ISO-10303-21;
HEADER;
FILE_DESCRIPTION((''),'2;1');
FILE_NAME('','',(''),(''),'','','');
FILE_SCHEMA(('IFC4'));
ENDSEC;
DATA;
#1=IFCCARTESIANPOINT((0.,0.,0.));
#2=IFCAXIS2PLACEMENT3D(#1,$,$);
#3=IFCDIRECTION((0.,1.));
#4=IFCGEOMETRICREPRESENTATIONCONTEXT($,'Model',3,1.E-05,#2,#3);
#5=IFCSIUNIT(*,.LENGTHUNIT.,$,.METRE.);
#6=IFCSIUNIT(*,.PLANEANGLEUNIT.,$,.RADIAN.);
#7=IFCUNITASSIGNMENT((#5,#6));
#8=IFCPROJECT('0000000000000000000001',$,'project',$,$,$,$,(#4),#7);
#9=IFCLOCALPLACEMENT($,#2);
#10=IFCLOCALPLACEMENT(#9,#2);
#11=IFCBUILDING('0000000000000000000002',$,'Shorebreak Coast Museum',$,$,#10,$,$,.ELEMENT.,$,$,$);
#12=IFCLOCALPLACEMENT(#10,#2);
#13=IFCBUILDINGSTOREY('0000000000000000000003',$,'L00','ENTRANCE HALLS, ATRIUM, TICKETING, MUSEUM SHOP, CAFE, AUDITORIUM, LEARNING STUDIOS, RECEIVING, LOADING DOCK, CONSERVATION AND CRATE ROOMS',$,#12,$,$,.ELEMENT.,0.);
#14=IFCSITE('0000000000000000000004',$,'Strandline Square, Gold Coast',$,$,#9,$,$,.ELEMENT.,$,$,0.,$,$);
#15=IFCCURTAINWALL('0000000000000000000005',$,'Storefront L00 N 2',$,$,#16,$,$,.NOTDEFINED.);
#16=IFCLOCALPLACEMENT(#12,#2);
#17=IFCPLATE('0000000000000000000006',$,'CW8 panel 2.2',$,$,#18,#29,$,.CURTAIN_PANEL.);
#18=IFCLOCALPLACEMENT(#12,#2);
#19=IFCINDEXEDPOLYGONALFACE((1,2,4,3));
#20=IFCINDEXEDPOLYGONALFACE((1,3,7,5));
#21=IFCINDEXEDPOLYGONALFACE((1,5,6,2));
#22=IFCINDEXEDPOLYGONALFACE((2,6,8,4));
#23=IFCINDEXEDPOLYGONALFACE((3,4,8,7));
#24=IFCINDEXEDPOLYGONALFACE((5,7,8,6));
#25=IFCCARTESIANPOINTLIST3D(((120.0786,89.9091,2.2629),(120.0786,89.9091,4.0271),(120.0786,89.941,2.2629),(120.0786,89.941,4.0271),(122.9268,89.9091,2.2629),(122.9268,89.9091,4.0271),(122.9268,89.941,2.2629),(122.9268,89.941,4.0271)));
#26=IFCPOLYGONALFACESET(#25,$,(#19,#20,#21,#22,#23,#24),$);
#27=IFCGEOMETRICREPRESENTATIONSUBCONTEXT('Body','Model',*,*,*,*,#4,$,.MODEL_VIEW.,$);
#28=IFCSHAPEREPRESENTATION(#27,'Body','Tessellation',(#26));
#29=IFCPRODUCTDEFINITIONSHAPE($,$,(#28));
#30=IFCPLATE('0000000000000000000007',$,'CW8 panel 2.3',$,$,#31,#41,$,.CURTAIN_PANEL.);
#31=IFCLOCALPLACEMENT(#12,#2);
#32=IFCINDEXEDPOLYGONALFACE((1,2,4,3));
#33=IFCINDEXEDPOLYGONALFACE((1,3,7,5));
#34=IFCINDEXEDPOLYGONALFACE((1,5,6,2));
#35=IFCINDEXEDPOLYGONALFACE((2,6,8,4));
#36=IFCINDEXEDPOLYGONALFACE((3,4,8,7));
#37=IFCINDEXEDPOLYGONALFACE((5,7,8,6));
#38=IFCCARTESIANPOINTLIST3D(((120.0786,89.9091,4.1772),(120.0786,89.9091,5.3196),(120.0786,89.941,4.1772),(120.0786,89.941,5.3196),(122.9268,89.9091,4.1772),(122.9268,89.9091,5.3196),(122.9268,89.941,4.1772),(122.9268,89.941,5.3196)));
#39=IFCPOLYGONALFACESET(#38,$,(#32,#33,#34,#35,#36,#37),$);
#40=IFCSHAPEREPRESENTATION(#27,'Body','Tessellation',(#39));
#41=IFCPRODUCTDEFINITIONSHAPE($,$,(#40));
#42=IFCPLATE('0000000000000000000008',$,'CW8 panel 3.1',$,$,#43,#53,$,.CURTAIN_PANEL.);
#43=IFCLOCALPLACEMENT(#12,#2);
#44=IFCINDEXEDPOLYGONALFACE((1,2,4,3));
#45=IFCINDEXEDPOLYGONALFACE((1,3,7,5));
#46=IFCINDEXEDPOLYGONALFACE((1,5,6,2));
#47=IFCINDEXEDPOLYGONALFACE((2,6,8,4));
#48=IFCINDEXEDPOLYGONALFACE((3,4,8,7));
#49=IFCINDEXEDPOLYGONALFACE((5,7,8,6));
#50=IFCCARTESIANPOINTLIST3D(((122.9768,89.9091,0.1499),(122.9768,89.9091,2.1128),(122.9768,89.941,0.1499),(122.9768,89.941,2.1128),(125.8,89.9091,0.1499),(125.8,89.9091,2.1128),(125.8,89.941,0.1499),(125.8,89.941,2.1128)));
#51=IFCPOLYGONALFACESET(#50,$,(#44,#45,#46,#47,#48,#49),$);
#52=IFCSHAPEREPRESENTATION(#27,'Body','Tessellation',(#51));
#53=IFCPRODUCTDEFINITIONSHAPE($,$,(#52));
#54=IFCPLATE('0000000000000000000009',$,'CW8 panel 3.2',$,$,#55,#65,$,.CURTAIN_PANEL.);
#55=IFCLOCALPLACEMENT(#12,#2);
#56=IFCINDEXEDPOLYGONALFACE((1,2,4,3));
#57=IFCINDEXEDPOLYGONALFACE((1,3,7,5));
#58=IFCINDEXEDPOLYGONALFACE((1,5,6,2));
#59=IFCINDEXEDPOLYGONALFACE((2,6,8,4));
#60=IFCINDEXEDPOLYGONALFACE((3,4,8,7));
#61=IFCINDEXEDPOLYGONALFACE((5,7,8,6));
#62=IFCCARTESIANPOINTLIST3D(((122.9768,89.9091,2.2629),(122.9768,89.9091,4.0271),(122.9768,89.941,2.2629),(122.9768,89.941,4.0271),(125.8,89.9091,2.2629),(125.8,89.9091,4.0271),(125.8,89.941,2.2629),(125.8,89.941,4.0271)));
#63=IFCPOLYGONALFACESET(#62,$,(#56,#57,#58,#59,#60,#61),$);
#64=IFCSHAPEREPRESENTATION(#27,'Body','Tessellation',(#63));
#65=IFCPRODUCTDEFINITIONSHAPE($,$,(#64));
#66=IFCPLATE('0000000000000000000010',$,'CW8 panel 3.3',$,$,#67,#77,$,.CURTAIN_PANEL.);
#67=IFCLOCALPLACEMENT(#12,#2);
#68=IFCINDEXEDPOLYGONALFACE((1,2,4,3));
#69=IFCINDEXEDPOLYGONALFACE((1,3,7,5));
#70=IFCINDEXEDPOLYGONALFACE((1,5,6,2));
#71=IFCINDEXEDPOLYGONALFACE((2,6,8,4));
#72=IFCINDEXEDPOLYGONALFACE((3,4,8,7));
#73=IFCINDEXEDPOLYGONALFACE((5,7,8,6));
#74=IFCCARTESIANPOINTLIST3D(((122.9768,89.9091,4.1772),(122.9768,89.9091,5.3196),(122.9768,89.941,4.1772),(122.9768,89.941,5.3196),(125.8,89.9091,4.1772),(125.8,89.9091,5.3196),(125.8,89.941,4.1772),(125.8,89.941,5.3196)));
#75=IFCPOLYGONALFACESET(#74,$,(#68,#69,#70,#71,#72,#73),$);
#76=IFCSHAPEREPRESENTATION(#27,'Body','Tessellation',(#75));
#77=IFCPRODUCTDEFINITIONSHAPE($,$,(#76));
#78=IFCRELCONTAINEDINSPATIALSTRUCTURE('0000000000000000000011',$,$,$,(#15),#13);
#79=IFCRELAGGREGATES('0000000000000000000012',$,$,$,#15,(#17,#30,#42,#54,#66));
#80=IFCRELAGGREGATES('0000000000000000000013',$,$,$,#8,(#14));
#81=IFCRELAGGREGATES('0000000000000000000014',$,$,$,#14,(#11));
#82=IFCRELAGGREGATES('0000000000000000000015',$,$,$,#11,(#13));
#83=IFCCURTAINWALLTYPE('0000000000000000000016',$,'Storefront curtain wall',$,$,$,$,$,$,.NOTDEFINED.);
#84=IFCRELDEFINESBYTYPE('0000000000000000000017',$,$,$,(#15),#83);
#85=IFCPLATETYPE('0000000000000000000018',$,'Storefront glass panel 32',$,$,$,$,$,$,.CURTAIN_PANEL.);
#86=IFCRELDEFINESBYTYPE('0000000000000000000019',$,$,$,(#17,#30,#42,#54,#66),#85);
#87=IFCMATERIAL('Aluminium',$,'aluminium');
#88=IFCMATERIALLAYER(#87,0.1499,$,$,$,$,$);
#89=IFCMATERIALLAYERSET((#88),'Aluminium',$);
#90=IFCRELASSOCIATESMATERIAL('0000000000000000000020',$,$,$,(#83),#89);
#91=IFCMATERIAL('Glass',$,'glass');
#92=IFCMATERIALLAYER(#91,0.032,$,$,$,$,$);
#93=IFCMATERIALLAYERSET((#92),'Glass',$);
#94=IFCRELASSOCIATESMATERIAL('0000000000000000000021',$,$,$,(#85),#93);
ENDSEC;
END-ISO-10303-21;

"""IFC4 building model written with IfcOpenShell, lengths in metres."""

from ifc_helpers import new_model, si_unit, direction, frame, origin, origin_2d, place, context, subcontext, project, spatial, rectangle, extrude, material, layer, layer_set, type_object, element, aggregate, save


model = new_model("IFC4")

# Units and contexts
model_context = context("Model", 3, precision=1e-05, world=origin(), true_north=direction((0.0, 1.0)))
body_context = subcontext(model_context, "Body", "Model", "MODEL_VIEW")
ifc_project = project(units=[si_unit("LENGTHUNIT", "METRE"), si_unit("PLANEANGLEUNIT", "RADIAN")], contexts=[model_context])

# Site, building, storey
site_placement = place(None, origin())
site = spatial("IfcSite", under=ifc_project, at=site_placement, Name="Strandline Square, Gold Coast", CompositionType="ELEMENT", RefElevation=0.0)
building_placement = place(site_placement, origin())
building = spatial("IfcBuilding", under=site, at=building_placement, Name="Shorebreak Coast Museum", CompositionType="ELEMENT")
storey_placement = place(building_placement, origin())
storey = spatial("IfcBuildingStorey", under=building, at=storey_placement, Name="L00", Description="ENTRANCE HALLS, ATRIUM, TICKETING, MUSEUM SHOP, CAFE, AUDITORIUM, LEARNING STUDIOS, RECEIVING, LOADING DOCK, CONSERVATION AND CRATE ROOMS", CompositionType="ELEMENT", Elevation=0.0)

# Curtain wall, plates
ifc_material_1 = material(Name="Aluminium", Category="aluminium")
ifc_layer_1 = layer(ifc_material_1, 0.1499)
ifc_layer_set_1 = layer_set([ifc_layer_1], Name="Aluminium")
curtain_wall_type = type_object("IfcCurtainWallType", Name="Storefront curtain wall", PredefinedType="NOTDEFINED", material=ifc_layer_set_1)
curtain_wall_placement = place(storey_placement, origin())
curtain_wall = element("IfcCurtainWall", 1, at=curtain_wall_placement, inside=storey, type_object=curtain_wall_type, Name="Storefront L00 N 2", PredefinedType="NOTDEFINED")
ifc_material_2 = material(Name="Glass", Category="glass")
ifc_layer_2 = layer(ifc_material_2, 0.032)
ifc_layer_set_2 = layer_set([ifc_layer_2], Name="Glass")
plate_type = type_object("IfcPlateType", Name="Storefront glass panel 32", PredefinedType="CURTAIN_PANEL", material=ifc_layer_set_2)
plate_1_placement = place(storey_placement, frame((121.5027, 89.925, 2.2629), z_axis=(0.0, 0.0, 1.0), x_axis=(1.0, 0.0, 0.0)))
plate_1 = element("IfcPlate", 2, at=plate_1_placement, type_object=plate_type, Name="CW8 panel 2.2", PredefinedType="CURTAIN_PANEL", context=body_context, shape_type="SweptSolid", body=[
    extrude(rectangle(XDim=2.8481, YDim=0.032, at=origin_2d()), origin(), (0.0, 0.0, 1.0), 1.7642),
])
plate_2_placement = place(storey_placement, frame((121.5027, 89.925, 4.1772), z_axis=(0.0, 0.0, 1.0), x_axis=(1.0, 0.0, 0.0)))
plate_2 = element("IfcPlate", 3, at=plate_2_placement, type_object=plate_type, Name="CW8 panel 2.3", PredefinedType="CURTAIN_PANEL", context=body_context, shape_type="SweptSolid", body=[
    extrude(rectangle(XDim=2.8481, YDim=0.032, at=origin_2d()), origin(), (0.0, 0.0, 1.0), 1.1423),
])
plate_3_placement = place(storey_placement, frame((124.3884, 89.925, 0.1499), z_axis=(0.0, 0.0, 1.0), x_axis=(1.0, 0.0, 0.0)))
plate_3 = element("IfcPlate", 4, at=plate_3_placement, type_object=plate_type, Name="CW8 panel 3.1", PredefinedType="CURTAIN_PANEL", context=body_context, shape_type="SweptSolid", body=[
    extrude(rectangle(XDim=2.8232, YDim=0.032, at=origin_2d()), origin(), (0.0, 0.0, 1.0), 1.9629),
])
plate_4_placement = place(storey_placement, frame((124.3884, 89.925, 2.2629), z_axis=(0.0, 0.0, 1.0), x_axis=(1.0, 0.0, 0.0)))
plate_4 = element("IfcPlate", 5, at=plate_4_placement, type_object=plate_type, Name="CW8 panel 3.2", PredefinedType="CURTAIN_PANEL", context=body_context, shape_type="SweptSolid", body=[
    extrude(rectangle(XDim=2.8232, YDim=0.032, at=origin_2d()), origin(), (0.0, 0.0, 1.0), 1.7642),
])
plate_5_placement = place(storey_placement, frame((124.3884, 89.925, 4.1772), z_axis=(0.0, 0.0, 1.0), x_axis=(1.0, 0.0, 0.0)))
plate_5 = element("IfcPlate", 6, at=plate_5_placement, type_object=plate_type, Name="CW8 panel 3.3", PredefinedType="CURTAIN_PANEL", context=body_context, shape_type="SweptSolid", body=[
    extrude(rectangle(XDim=2.8232, YDim=0.032, at=origin_2d()), origin(), (0.0, 0.0, 1.0), 1.1423),
])
aggregate(curtain_wall, [plate_1, plate_2, plate_3, plate_4, plate_5])

save(model, "model.ifc")
